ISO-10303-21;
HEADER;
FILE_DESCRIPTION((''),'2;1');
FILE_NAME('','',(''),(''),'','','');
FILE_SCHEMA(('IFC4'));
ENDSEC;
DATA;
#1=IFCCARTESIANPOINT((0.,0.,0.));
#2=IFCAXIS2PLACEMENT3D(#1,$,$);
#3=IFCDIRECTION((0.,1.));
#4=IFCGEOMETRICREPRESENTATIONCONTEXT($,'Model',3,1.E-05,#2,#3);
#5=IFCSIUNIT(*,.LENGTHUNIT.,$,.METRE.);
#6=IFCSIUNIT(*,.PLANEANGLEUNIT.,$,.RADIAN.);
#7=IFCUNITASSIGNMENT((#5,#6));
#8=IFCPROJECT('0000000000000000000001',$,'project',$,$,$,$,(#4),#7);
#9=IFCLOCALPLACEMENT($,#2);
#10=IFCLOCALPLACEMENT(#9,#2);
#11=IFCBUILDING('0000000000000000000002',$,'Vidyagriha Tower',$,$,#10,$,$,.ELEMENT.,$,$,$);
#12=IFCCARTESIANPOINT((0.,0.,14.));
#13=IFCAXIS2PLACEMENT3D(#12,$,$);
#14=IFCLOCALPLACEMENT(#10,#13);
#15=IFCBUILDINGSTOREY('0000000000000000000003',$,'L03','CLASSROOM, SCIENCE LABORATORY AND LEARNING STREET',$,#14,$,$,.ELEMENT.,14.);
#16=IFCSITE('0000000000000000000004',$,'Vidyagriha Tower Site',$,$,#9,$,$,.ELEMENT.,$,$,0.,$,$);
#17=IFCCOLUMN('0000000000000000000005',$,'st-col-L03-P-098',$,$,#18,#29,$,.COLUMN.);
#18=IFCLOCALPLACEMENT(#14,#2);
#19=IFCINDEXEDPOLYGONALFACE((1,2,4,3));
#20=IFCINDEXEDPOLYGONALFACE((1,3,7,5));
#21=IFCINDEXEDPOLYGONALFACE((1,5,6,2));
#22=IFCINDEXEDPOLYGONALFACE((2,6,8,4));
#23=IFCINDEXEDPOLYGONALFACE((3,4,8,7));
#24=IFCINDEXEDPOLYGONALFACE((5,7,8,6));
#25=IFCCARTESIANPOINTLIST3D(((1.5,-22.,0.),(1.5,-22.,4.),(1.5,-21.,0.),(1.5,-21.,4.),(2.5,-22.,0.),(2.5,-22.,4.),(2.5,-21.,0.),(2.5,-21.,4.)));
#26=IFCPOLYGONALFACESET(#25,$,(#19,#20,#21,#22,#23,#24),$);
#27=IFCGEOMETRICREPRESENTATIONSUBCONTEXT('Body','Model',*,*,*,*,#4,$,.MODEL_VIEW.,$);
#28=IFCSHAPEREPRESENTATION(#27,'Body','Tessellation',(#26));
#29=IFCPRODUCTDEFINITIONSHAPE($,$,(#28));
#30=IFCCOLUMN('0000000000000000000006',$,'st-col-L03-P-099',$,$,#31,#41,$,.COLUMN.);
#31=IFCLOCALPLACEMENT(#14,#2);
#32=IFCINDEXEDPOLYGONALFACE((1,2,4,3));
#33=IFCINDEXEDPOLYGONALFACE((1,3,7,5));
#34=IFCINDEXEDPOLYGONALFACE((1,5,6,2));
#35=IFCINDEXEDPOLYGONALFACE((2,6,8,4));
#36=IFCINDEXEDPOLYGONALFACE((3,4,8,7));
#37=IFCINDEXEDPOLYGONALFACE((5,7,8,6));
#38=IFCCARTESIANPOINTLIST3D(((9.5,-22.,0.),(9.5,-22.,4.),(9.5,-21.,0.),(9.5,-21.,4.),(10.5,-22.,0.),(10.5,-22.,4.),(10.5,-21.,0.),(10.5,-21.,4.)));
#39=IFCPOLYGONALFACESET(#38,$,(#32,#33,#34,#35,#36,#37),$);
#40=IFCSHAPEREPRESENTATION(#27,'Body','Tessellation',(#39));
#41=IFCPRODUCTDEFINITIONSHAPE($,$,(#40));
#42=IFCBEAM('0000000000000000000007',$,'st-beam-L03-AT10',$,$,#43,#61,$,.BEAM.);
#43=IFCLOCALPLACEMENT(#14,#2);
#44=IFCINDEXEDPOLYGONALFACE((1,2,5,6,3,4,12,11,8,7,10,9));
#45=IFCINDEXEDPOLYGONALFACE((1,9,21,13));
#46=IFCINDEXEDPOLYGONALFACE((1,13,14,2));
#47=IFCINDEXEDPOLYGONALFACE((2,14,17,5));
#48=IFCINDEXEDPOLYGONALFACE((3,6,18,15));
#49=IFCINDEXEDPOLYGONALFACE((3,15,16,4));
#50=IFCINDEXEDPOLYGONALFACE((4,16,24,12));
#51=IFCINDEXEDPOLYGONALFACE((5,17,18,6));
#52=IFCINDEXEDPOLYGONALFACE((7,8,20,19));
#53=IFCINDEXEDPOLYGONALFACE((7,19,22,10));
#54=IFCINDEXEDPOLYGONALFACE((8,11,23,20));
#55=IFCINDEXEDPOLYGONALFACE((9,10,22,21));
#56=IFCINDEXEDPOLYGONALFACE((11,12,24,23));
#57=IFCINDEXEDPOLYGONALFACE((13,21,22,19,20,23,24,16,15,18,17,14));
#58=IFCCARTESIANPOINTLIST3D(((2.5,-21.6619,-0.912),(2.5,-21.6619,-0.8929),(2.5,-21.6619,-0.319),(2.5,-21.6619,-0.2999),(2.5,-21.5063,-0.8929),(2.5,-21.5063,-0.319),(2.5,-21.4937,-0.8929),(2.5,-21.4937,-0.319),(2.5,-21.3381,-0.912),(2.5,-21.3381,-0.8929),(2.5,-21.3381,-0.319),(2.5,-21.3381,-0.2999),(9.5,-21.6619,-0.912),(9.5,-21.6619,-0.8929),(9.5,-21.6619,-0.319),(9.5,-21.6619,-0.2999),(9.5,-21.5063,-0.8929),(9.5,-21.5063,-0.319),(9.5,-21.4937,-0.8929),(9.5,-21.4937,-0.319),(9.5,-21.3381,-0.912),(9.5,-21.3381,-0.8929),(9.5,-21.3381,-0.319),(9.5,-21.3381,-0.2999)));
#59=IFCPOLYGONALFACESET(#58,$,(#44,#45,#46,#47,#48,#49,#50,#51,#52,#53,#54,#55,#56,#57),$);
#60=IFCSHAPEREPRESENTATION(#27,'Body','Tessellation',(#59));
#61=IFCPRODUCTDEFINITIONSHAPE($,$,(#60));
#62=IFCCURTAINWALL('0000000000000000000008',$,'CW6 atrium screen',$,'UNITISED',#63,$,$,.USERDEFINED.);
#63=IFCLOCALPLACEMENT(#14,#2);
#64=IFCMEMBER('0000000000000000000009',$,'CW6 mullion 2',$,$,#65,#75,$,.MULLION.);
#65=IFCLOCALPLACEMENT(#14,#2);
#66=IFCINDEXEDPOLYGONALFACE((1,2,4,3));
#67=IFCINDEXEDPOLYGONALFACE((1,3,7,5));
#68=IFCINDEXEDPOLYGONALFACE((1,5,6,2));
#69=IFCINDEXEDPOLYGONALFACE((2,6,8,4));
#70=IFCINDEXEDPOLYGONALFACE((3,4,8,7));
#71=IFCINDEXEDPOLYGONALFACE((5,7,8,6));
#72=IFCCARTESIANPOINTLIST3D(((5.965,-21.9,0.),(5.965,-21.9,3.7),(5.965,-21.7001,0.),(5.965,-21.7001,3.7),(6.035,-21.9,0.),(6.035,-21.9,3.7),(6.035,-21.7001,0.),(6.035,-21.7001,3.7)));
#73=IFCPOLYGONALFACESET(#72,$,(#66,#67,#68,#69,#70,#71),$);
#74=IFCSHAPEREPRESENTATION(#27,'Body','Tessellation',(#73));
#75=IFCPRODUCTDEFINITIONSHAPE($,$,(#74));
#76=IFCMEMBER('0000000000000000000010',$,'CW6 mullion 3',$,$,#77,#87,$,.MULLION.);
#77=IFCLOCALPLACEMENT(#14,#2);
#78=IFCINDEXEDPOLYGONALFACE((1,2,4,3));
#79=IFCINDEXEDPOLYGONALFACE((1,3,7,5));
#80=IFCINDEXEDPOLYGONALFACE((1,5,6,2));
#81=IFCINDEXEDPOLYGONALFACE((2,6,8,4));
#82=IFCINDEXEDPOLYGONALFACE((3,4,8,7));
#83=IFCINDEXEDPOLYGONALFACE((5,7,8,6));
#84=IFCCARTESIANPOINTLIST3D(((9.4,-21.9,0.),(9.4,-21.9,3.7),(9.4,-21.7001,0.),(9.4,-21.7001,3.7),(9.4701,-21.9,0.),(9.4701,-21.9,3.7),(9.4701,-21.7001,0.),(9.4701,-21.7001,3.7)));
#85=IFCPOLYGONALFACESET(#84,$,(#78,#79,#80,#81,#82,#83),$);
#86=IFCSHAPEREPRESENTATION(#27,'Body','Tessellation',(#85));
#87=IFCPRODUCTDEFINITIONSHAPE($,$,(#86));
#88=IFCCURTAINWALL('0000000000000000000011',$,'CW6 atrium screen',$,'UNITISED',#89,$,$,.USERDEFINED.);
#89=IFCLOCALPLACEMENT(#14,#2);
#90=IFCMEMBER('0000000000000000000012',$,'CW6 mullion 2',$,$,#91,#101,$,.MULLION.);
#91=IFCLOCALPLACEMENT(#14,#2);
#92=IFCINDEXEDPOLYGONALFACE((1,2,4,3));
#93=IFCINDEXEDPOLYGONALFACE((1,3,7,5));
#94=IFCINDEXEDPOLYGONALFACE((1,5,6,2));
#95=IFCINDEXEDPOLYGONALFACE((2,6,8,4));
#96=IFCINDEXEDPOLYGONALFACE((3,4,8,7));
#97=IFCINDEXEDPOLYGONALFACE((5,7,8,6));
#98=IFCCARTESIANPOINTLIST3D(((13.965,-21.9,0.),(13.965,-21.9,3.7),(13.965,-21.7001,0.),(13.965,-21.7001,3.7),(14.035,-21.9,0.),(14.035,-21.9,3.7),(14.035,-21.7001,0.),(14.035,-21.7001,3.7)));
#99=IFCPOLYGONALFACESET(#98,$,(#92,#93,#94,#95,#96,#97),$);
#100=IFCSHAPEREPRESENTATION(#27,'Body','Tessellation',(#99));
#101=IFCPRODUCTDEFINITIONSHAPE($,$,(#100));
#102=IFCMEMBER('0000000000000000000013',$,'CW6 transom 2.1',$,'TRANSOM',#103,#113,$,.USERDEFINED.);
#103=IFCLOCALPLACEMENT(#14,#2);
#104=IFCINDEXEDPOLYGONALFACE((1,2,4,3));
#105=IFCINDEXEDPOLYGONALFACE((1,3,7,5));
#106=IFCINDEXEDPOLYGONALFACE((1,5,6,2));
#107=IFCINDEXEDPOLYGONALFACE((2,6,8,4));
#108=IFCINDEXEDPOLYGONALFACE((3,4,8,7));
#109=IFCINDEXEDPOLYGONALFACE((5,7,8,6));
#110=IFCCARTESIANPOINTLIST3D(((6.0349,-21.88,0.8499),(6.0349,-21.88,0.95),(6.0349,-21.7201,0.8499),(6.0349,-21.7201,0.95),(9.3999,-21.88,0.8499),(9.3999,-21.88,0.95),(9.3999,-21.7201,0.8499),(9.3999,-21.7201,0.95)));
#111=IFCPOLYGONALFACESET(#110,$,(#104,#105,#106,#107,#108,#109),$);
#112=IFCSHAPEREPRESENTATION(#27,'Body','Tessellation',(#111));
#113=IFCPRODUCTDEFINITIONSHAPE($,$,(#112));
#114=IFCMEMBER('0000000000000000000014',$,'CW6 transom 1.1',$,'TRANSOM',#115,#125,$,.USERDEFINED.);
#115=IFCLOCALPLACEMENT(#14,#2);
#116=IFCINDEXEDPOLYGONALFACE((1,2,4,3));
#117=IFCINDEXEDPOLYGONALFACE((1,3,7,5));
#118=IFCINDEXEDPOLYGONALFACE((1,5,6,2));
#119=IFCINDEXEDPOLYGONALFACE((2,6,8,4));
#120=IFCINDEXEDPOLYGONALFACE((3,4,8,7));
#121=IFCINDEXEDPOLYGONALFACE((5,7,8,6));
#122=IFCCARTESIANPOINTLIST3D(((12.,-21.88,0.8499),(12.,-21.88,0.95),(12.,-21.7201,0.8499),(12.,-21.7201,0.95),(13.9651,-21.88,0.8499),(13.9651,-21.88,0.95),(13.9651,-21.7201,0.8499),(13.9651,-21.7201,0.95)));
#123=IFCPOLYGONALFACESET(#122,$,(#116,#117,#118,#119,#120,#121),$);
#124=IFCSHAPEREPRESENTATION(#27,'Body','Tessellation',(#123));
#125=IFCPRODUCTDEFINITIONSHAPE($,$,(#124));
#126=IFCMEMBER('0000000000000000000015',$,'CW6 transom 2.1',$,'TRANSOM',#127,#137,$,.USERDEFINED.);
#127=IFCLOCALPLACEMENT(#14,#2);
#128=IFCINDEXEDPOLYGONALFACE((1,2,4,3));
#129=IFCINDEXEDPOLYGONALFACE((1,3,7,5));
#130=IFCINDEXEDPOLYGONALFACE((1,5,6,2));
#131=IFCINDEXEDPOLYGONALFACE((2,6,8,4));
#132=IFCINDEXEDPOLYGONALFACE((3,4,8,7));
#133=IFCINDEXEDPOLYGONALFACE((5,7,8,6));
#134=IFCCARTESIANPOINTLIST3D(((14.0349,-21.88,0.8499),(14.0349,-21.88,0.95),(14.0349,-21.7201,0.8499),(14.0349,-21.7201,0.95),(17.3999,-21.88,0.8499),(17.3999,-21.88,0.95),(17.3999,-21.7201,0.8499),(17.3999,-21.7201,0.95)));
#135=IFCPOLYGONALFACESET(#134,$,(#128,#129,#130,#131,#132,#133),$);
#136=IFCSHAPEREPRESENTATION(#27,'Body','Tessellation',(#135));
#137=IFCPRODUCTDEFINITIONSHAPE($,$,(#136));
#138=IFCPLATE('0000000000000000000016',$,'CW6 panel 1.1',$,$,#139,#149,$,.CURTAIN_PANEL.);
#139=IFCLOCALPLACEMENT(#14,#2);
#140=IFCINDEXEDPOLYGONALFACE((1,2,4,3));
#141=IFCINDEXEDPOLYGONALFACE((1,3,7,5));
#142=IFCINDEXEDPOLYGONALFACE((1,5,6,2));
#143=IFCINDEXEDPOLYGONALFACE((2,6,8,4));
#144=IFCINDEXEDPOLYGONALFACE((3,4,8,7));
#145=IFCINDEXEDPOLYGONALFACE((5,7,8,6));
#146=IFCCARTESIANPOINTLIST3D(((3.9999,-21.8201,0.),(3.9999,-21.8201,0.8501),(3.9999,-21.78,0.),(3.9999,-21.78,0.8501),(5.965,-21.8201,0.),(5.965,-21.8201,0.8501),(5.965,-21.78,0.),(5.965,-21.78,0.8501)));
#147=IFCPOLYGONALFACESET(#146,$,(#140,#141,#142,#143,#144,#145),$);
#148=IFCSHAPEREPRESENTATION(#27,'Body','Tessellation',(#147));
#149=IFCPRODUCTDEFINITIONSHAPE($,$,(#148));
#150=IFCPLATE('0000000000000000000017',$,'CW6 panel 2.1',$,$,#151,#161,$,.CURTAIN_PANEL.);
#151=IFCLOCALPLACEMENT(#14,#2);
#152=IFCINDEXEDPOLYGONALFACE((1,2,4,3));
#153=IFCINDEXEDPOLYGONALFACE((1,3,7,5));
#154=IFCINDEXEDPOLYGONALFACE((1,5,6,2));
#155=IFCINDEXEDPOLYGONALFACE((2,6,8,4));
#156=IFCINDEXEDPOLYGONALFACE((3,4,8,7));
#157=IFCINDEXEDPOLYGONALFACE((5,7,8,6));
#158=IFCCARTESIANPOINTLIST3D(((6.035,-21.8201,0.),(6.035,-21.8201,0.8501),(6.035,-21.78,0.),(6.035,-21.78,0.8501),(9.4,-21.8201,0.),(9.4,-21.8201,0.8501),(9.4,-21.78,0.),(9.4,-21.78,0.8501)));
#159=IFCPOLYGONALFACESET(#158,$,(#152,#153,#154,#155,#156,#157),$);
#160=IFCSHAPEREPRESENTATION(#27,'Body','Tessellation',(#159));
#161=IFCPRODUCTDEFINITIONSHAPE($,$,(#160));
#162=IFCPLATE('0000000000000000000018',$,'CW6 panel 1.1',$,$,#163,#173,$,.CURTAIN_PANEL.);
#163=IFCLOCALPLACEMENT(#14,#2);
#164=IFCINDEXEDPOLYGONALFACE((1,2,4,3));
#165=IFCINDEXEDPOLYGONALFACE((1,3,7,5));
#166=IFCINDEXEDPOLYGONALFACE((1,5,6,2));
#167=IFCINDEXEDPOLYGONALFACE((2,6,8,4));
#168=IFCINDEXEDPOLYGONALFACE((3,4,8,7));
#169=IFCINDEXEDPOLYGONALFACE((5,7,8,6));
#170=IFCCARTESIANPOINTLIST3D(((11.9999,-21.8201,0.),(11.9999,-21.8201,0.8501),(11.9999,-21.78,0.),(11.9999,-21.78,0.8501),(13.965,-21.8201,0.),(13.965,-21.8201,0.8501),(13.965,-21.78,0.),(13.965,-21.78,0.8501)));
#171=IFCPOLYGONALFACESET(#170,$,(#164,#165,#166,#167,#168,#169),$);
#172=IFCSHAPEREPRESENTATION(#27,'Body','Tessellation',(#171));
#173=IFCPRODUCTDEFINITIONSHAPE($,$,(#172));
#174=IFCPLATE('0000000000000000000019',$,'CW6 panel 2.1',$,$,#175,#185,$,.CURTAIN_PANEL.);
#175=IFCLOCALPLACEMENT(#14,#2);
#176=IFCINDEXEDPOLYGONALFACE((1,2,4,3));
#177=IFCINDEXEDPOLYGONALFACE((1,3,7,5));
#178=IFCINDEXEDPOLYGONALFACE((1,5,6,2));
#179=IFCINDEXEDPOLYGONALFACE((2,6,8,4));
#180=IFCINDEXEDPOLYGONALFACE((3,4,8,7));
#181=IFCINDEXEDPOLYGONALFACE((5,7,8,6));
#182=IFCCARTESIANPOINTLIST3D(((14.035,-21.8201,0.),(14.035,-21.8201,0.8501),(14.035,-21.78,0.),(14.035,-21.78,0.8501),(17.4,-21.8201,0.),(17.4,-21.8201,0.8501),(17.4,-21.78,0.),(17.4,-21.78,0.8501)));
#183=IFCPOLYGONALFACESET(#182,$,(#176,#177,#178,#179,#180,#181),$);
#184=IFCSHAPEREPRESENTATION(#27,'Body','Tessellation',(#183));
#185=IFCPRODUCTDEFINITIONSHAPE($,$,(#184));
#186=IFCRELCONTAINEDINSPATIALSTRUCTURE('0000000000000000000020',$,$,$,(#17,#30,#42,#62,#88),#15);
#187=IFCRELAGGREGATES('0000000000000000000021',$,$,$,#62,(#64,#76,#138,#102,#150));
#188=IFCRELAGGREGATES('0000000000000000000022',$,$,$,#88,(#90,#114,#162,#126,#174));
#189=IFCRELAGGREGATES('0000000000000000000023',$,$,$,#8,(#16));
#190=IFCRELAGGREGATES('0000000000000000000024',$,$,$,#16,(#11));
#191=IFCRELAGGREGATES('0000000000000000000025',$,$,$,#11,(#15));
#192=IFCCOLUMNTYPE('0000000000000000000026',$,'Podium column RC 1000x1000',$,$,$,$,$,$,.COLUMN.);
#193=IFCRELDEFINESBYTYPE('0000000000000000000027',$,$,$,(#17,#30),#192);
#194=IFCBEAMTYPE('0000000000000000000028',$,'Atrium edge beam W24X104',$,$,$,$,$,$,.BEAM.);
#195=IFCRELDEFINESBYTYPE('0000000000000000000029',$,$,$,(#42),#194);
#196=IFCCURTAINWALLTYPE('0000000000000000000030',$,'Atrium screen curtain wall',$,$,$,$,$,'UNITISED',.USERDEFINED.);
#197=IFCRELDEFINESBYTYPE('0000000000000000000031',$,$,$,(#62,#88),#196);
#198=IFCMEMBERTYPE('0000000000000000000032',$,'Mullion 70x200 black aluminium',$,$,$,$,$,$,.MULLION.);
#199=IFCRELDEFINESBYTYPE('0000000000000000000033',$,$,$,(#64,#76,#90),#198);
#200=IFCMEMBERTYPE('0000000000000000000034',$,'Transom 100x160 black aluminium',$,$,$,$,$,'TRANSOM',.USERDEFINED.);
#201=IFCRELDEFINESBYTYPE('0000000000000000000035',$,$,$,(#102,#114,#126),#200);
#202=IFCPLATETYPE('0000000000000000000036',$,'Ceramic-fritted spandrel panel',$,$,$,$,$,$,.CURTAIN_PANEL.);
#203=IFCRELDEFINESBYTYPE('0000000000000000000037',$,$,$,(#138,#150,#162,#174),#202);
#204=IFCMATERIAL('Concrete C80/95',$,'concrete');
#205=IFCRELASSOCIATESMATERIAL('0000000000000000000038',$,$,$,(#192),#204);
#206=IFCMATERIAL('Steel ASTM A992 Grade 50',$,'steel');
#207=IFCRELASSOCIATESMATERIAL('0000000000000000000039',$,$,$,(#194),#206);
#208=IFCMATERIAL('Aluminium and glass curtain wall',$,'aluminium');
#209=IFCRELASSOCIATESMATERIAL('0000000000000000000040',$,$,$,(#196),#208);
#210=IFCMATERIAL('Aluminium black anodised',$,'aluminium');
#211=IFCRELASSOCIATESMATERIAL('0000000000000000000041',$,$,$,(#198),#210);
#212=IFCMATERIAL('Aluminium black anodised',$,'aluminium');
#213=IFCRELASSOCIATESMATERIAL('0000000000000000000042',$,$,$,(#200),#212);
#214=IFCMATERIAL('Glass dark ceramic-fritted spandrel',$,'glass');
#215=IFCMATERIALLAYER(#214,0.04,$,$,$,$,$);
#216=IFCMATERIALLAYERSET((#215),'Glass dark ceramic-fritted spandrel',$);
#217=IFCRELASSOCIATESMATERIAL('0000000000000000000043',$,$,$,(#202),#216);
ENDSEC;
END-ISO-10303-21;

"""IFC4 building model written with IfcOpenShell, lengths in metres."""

from ifc_helpers import new_model, si_unit, direction, frame, origin, origin_2d, place, context, subcontext, project, spatial, rectangle, i_section, extrude, material, layer, layer_set, material_profile, profile_set, type_object, element, aggregate, save


model = new_model("IFC4")

# Units and contexts
model_context = context("Model", 3, precision=1e-05, world=origin(), true_north=direction((0.0, 1.0)))
body_context = subcontext(model_context, "Body", "Model", "MODEL_VIEW")
ifc_project = project(units=[si_unit("LENGTHUNIT", "METRE"), si_unit("PLANEANGLEUNIT", "RADIAN")], contexts=[model_context])

# Site, building, storey
site_placement = place(None, origin())
site = spatial("IfcSite", under=ifc_project, at=site_placement, Name="Vidyagriha Tower Site", CompositionType="ELEMENT", RefElevation=0.0)
building_placement = place(site_placement, origin())
building = spatial("IfcBuilding", under=site, at=building_placement, Name="Vidyagriha Tower", CompositionType="ELEMENT")
storey_placement = place(building_placement, frame((0.0, 0.0, 14.0)))
storey = spatial("IfcBuildingStorey", under=building, at=storey_placement, Name="L03", Description="CLASSROOM, SCIENCE LABORATORY AND LEARNING STREET", CompositionType="ELEMENT", Elevation=14.0)

# Columns
ifc_material_1 = material(Name="Concrete C80/95", Category="concrete")
ifc_material_profile_1 = material_profile(ifc_material_1, rectangle(XDim=1.0, YDim=1.0, at=origin_2d()), Name="RC 1000x1000")
ifc_profile_set_1 = profile_set([ifc_material_profile_1], Name="Concrete C80/95")
column_type = type_object("IfcColumnType", Name="Podium column RC 1000x1000", PredefinedType="COLUMN", material=ifc_profile_set_1)
for number, where, name in (
    (1, (2.0, -21.5, 0.0), "st-col-L03-P-098"),
    (2, (10.0, -21.5, 0.0), "st-col-L03-P-099"),
):
    element("IfcColumn", number, at=place(storey_placement, frame(where)), inside=storey, type_object=column_type, Name=name, PredefinedType="COLUMN", context=body_context, shape_type="SweptSolid", body=[
        extrude(rectangle(XDim=1.0, YDim=1.0, at=origin_2d()), origin(), (0.0, 0.0, 1.0), 4.0),
    ])

# Beam
ifc_material_2 = material(Name="Steel ASTM A992 Grade 50", Category="steel")
ifc_material_profile_2 = material_profile(ifc_material_2, i_section(OverallWidth=0.3237, OverallDepth=0.6121, WebThickness=0.0127, FlangeThickness=0.019, at=origin_2d()), Name="W24X104")
ifc_profile_set_2 = profile_set([ifc_material_profile_2], Name="Steel ASTM A992 Grade 50")
beam_type = type_object("IfcBeamType", Name="Atrium edge beam W24X104", PredefinedType="BEAM", material=ifc_profile_set_2)
beam_placement = place(storey_placement, frame((2.5, -21.5, -0.606), z_axis=(1.0, 0.0, 0.0), x_axis=(0.0, 1.0, 0.0)))
element("IfcBeam", 3, at=beam_placement, inside=storey, type_object=beam_type, Name="st-beam-L03-AT10", PredefinedType="BEAM", context=body_context, shape_type="SweptSolid", body=[
    extrude(i_section(OverallWidth=0.3237, OverallDepth=0.6121, WebThickness=0.0127, FlangeThickness=0.019, at=origin_2d()), origin(), (0.0, 0.0, 1.0), 7.0),
])

# Curtain wall, members
ifc_material_3 = material(Name="Aluminium and glass curtain wall", Category="aluminium")
curtain_wall_type = type_object("IfcCurtainWallType", Name="Atrium screen curtain wall", ElementType="UNITISED", PredefinedType="USERDEFINED", material=ifc_material_3)
curtain_wall_1_placement = place(storey_placement, origin())
curtain_wall_1 = element("IfcCurtainWall", 4, at=curtain_wall_1_placement, inside=storey, type_object=curtain_wall_type, Name="CW6 atrium screen", ObjectType="UNITISED", PredefinedType="USERDEFINED")
ifc_material_4 = material(Name="Aluminium black anodised", Category="aluminium")
ifc_material_profile_3 = material_profile(ifc_material_4, rectangle(XDim=0.2, YDim=0.0701, at=origin_2d()), Name="Mullion 70x200 black aluminium")
ifc_profile_set_3 = profile_set([ifc_material_profile_3], Name="Aluminium black anodised")
member_type_1 = type_object("IfcMemberType", Name="Mullion 70x200 black aluminium", PredefinedType="MULLION", material=ifc_profile_set_3)
member_1_placement = place(storey_placement, frame((6.0, -21.8, 0.0), z_axis=(0.0, 0.0, 1.0), x_axis=(0.0, 1.0, 0.0)))
member_1 = element("IfcMember", 5, at=member_1_placement, type_object=member_type_1, Name="CW6 mullion 2", PredefinedType="MULLION", context=body_context, shape_type="SweptSolid", body=[
    extrude(rectangle(XDim=0.2, YDim=0.0701, at=origin_2d()), origin(), (0.0, 0.0, 1.0), 3.7),
])
member_2_placement = place(storey_placement, frame((9.4351, -21.8, 0.0), z_axis=(0.0, 0.0, 1.0), x_axis=(0.0, 1.0, 0.0)))
member_2 = element("IfcMember", 6, at=member_2_placement, type_object=member_type_1, Name="CW6 mullion 3", PredefinedType="MULLION", context=body_context, shape_type="SweptSolid", body=[
    extrude(rectangle(XDim=0.2, YDim=0.0701, at=origin_2d()), origin(), (0.0, 0.0, 1.0), 3.7),
])

# Curtain wall, member
curtain_wall_2_placement = place(storey_placement, origin())
curtain_wall_2 = element("IfcCurtainWall", 7, at=curtain_wall_2_placement, inside=storey, type_object=curtain_wall_type, Name="CW6 atrium screen", ObjectType="UNITISED", PredefinedType="USERDEFINED")
member_3_placement = place(storey_placement, frame((14.0, -21.8, 0.0), z_axis=(0.0, 0.0, 1.0), x_axis=(0.0, 1.0, 0.0)))
member_3 = element("IfcMember", 8, at=member_3_placement, type_object=member_type_1, Name="CW6 mullion 2", PredefinedType="MULLION", context=body_context, shape_type="SweptSolid", body=[
    extrude(rectangle(XDim=0.2, YDim=0.0701, at=origin_2d()), origin(), (0.0, 0.0, 1.0), 3.7),
])

# Members
ifc_material_5 = material(Name="Aluminium black anodised", Category="aluminium")
ifc_material_profile_4 = material_profile(ifc_material_5, rectangle(XDim=0.1599, YDim=0.1001, at=origin_2d()), Name="Transom 100x160 black aluminium")
ifc_profile_set_4 = profile_set([ifc_material_profile_4], Name="Aluminium black anodised")
member_type_2 = type_object("IfcMemberType", Name="Transom 100x160 black aluminium", ElementType="TRANSOM", PredefinedType="USERDEFINED", material=ifc_profile_set_4)
member_4_placement = place(storey_placement, frame((6.0349, -21.8, 0.8999), z_axis=(1.0, 0.0, 0.0), x_axis=(0.0, 1.0, 0.0)))
member_4 = element("IfcMember", 9, at=member_4_placement, type_object=member_type_2, Name="CW6 transom 2.1", ObjectType="TRANSOM", PredefinedType="USERDEFINED", context=body_context, shape_type="SweptSolid", body=[
    extrude(rectangle(XDim=0.1599, YDim=0.1001, at=origin_2d()), origin(), (0.0, 0.0, 1.0), 3.365),
])
member_5_placement = place(storey_placement, frame((12.0, -21.8, 0.8999), z_axis=(1.0, 0.0, 0.0), x_axis=(0.0, 1.0, 0.0)))
member_5 = element("IfcMember", 10, at=member_5_placement, type_object=member_type_2, Name="CW6 transom 1.1", ObjectType="TRANSOM", PredefinedType="USERDEFINED", context=body_context, shape_type="SweptSolid", body=[
    extrude(rectangle(XDim=0.1599, YDim=0.1001, at=origin_2d()), origin(), (0.0, 0.0, 1.0), 1.9651),
])
member_6_placement = place(storey_placement, frame((14.0349, -21.8, 0.8999), z_axis=(1.0, 0.0, 0.0), x_axis=(0.0, 1.0, 0.0)))
member_6 = element("IfcMember", 11, at=member_6_placement, type_object=member_type_2, Name="CW6 transom 2.1", ObjectType="TRANSOM", PredefinedType="USERDEFINED", context=body_context, shape_type="SweptSolid", body=[
    extrude(rectangle(XDim=0.1599, YDim=0.1001, at=origin_2d()), origin(), (0.0, 0.0, 1.0), 3.365),
])

# Plates
ifc_material_6 = material(Name="Glass dark ceramic-fritted spandrel", Category="glass")
ifc_layer_1 = layer(ifc_material_6, 0.04)
ifc_layer_set_1 = layer_set([ifc_layer_1], Name="Glass dark ceramic-fritted spandrel")
plate_type_1 = type_object("IfcPlateType", Name="Ceramic-fritted spandrel panel", PredefinedType="CURTAIN_PANEL", material=ifc_layer_set_1)
plate_1_placement = place(storey_placement, frame((4.9824, -21.8, 0.0)))
plate_1 = element("IfcPlate", 12, at=plate_1_placement, type_object=plate_type_1, Name="CW6 panel 1.1", PredefinedType="CURTAIN_PANEL", context=body_context, shape_type="SweptSolid", body=[
    extrude(rectangle(XDim=1.9651, YDim=0.04, at=origin_2d()), origin(), (0.0, 0.0, 1.0), 0.8501),
])
plate_2_placement = place(storey_placement, frame((7.7175, -21.8, 0.0)))
plate_2 = element("IfcPlate", 13, at=plate_2_placement, type_object=plate_type_1, Name="CW6 panel 2.1", PredefinedType="CURTAIN_PANEL", context=body_context, shape_type="SweptSolid", body=[
    extrude(rectangle(XDim=3.365, YDim=0.04, at=origin_2d()), origin(), (0.0, 0.0, 1.0), 0.8501),
])
plate_3_placement = place(storey_placement, frame((12.9824, -21.8, 0.0)))
plate_3 = element("IfcPlate", 14, at=plate_3_placement, type_object=plate_type_1, Name="CW6 panel 1.1", PredefinedType="CURTAIN_PANEL", context=body_context, shape_type="SweptSolid", body=[
    extrude(rectangle(XDim=1.9651, YDim=0.04, at=origin_2d()), origin(), (0.0, 0.0, 1.0), 0.8501),
])
plate_4_placement = place(storey_placement, frame((15.7175, -21.8, 0.0)))
plate_4 = element("IfcPlate", 15, at=plate_4_placement, type_object=plate_type_1, Name="CW6 panel 2.1", PredefinedType="CURTAIN_PANEL", context=body_context, shape_type="SweptSolid", body=[
    extrude(rectangle(XDim=3.365, YDim=0.04, at=origin_2d()), origin(), (0.0, 0.0, 1.0), 0.8501),
])
aggregate(curtain_wall_1, [member_1, member_2, plate_1, member_4, plate_2])
aggregate(curtain_wall_2, [member_3, member_5, plate_3, member_6, plate_4])

save(model, "model.ifc")
